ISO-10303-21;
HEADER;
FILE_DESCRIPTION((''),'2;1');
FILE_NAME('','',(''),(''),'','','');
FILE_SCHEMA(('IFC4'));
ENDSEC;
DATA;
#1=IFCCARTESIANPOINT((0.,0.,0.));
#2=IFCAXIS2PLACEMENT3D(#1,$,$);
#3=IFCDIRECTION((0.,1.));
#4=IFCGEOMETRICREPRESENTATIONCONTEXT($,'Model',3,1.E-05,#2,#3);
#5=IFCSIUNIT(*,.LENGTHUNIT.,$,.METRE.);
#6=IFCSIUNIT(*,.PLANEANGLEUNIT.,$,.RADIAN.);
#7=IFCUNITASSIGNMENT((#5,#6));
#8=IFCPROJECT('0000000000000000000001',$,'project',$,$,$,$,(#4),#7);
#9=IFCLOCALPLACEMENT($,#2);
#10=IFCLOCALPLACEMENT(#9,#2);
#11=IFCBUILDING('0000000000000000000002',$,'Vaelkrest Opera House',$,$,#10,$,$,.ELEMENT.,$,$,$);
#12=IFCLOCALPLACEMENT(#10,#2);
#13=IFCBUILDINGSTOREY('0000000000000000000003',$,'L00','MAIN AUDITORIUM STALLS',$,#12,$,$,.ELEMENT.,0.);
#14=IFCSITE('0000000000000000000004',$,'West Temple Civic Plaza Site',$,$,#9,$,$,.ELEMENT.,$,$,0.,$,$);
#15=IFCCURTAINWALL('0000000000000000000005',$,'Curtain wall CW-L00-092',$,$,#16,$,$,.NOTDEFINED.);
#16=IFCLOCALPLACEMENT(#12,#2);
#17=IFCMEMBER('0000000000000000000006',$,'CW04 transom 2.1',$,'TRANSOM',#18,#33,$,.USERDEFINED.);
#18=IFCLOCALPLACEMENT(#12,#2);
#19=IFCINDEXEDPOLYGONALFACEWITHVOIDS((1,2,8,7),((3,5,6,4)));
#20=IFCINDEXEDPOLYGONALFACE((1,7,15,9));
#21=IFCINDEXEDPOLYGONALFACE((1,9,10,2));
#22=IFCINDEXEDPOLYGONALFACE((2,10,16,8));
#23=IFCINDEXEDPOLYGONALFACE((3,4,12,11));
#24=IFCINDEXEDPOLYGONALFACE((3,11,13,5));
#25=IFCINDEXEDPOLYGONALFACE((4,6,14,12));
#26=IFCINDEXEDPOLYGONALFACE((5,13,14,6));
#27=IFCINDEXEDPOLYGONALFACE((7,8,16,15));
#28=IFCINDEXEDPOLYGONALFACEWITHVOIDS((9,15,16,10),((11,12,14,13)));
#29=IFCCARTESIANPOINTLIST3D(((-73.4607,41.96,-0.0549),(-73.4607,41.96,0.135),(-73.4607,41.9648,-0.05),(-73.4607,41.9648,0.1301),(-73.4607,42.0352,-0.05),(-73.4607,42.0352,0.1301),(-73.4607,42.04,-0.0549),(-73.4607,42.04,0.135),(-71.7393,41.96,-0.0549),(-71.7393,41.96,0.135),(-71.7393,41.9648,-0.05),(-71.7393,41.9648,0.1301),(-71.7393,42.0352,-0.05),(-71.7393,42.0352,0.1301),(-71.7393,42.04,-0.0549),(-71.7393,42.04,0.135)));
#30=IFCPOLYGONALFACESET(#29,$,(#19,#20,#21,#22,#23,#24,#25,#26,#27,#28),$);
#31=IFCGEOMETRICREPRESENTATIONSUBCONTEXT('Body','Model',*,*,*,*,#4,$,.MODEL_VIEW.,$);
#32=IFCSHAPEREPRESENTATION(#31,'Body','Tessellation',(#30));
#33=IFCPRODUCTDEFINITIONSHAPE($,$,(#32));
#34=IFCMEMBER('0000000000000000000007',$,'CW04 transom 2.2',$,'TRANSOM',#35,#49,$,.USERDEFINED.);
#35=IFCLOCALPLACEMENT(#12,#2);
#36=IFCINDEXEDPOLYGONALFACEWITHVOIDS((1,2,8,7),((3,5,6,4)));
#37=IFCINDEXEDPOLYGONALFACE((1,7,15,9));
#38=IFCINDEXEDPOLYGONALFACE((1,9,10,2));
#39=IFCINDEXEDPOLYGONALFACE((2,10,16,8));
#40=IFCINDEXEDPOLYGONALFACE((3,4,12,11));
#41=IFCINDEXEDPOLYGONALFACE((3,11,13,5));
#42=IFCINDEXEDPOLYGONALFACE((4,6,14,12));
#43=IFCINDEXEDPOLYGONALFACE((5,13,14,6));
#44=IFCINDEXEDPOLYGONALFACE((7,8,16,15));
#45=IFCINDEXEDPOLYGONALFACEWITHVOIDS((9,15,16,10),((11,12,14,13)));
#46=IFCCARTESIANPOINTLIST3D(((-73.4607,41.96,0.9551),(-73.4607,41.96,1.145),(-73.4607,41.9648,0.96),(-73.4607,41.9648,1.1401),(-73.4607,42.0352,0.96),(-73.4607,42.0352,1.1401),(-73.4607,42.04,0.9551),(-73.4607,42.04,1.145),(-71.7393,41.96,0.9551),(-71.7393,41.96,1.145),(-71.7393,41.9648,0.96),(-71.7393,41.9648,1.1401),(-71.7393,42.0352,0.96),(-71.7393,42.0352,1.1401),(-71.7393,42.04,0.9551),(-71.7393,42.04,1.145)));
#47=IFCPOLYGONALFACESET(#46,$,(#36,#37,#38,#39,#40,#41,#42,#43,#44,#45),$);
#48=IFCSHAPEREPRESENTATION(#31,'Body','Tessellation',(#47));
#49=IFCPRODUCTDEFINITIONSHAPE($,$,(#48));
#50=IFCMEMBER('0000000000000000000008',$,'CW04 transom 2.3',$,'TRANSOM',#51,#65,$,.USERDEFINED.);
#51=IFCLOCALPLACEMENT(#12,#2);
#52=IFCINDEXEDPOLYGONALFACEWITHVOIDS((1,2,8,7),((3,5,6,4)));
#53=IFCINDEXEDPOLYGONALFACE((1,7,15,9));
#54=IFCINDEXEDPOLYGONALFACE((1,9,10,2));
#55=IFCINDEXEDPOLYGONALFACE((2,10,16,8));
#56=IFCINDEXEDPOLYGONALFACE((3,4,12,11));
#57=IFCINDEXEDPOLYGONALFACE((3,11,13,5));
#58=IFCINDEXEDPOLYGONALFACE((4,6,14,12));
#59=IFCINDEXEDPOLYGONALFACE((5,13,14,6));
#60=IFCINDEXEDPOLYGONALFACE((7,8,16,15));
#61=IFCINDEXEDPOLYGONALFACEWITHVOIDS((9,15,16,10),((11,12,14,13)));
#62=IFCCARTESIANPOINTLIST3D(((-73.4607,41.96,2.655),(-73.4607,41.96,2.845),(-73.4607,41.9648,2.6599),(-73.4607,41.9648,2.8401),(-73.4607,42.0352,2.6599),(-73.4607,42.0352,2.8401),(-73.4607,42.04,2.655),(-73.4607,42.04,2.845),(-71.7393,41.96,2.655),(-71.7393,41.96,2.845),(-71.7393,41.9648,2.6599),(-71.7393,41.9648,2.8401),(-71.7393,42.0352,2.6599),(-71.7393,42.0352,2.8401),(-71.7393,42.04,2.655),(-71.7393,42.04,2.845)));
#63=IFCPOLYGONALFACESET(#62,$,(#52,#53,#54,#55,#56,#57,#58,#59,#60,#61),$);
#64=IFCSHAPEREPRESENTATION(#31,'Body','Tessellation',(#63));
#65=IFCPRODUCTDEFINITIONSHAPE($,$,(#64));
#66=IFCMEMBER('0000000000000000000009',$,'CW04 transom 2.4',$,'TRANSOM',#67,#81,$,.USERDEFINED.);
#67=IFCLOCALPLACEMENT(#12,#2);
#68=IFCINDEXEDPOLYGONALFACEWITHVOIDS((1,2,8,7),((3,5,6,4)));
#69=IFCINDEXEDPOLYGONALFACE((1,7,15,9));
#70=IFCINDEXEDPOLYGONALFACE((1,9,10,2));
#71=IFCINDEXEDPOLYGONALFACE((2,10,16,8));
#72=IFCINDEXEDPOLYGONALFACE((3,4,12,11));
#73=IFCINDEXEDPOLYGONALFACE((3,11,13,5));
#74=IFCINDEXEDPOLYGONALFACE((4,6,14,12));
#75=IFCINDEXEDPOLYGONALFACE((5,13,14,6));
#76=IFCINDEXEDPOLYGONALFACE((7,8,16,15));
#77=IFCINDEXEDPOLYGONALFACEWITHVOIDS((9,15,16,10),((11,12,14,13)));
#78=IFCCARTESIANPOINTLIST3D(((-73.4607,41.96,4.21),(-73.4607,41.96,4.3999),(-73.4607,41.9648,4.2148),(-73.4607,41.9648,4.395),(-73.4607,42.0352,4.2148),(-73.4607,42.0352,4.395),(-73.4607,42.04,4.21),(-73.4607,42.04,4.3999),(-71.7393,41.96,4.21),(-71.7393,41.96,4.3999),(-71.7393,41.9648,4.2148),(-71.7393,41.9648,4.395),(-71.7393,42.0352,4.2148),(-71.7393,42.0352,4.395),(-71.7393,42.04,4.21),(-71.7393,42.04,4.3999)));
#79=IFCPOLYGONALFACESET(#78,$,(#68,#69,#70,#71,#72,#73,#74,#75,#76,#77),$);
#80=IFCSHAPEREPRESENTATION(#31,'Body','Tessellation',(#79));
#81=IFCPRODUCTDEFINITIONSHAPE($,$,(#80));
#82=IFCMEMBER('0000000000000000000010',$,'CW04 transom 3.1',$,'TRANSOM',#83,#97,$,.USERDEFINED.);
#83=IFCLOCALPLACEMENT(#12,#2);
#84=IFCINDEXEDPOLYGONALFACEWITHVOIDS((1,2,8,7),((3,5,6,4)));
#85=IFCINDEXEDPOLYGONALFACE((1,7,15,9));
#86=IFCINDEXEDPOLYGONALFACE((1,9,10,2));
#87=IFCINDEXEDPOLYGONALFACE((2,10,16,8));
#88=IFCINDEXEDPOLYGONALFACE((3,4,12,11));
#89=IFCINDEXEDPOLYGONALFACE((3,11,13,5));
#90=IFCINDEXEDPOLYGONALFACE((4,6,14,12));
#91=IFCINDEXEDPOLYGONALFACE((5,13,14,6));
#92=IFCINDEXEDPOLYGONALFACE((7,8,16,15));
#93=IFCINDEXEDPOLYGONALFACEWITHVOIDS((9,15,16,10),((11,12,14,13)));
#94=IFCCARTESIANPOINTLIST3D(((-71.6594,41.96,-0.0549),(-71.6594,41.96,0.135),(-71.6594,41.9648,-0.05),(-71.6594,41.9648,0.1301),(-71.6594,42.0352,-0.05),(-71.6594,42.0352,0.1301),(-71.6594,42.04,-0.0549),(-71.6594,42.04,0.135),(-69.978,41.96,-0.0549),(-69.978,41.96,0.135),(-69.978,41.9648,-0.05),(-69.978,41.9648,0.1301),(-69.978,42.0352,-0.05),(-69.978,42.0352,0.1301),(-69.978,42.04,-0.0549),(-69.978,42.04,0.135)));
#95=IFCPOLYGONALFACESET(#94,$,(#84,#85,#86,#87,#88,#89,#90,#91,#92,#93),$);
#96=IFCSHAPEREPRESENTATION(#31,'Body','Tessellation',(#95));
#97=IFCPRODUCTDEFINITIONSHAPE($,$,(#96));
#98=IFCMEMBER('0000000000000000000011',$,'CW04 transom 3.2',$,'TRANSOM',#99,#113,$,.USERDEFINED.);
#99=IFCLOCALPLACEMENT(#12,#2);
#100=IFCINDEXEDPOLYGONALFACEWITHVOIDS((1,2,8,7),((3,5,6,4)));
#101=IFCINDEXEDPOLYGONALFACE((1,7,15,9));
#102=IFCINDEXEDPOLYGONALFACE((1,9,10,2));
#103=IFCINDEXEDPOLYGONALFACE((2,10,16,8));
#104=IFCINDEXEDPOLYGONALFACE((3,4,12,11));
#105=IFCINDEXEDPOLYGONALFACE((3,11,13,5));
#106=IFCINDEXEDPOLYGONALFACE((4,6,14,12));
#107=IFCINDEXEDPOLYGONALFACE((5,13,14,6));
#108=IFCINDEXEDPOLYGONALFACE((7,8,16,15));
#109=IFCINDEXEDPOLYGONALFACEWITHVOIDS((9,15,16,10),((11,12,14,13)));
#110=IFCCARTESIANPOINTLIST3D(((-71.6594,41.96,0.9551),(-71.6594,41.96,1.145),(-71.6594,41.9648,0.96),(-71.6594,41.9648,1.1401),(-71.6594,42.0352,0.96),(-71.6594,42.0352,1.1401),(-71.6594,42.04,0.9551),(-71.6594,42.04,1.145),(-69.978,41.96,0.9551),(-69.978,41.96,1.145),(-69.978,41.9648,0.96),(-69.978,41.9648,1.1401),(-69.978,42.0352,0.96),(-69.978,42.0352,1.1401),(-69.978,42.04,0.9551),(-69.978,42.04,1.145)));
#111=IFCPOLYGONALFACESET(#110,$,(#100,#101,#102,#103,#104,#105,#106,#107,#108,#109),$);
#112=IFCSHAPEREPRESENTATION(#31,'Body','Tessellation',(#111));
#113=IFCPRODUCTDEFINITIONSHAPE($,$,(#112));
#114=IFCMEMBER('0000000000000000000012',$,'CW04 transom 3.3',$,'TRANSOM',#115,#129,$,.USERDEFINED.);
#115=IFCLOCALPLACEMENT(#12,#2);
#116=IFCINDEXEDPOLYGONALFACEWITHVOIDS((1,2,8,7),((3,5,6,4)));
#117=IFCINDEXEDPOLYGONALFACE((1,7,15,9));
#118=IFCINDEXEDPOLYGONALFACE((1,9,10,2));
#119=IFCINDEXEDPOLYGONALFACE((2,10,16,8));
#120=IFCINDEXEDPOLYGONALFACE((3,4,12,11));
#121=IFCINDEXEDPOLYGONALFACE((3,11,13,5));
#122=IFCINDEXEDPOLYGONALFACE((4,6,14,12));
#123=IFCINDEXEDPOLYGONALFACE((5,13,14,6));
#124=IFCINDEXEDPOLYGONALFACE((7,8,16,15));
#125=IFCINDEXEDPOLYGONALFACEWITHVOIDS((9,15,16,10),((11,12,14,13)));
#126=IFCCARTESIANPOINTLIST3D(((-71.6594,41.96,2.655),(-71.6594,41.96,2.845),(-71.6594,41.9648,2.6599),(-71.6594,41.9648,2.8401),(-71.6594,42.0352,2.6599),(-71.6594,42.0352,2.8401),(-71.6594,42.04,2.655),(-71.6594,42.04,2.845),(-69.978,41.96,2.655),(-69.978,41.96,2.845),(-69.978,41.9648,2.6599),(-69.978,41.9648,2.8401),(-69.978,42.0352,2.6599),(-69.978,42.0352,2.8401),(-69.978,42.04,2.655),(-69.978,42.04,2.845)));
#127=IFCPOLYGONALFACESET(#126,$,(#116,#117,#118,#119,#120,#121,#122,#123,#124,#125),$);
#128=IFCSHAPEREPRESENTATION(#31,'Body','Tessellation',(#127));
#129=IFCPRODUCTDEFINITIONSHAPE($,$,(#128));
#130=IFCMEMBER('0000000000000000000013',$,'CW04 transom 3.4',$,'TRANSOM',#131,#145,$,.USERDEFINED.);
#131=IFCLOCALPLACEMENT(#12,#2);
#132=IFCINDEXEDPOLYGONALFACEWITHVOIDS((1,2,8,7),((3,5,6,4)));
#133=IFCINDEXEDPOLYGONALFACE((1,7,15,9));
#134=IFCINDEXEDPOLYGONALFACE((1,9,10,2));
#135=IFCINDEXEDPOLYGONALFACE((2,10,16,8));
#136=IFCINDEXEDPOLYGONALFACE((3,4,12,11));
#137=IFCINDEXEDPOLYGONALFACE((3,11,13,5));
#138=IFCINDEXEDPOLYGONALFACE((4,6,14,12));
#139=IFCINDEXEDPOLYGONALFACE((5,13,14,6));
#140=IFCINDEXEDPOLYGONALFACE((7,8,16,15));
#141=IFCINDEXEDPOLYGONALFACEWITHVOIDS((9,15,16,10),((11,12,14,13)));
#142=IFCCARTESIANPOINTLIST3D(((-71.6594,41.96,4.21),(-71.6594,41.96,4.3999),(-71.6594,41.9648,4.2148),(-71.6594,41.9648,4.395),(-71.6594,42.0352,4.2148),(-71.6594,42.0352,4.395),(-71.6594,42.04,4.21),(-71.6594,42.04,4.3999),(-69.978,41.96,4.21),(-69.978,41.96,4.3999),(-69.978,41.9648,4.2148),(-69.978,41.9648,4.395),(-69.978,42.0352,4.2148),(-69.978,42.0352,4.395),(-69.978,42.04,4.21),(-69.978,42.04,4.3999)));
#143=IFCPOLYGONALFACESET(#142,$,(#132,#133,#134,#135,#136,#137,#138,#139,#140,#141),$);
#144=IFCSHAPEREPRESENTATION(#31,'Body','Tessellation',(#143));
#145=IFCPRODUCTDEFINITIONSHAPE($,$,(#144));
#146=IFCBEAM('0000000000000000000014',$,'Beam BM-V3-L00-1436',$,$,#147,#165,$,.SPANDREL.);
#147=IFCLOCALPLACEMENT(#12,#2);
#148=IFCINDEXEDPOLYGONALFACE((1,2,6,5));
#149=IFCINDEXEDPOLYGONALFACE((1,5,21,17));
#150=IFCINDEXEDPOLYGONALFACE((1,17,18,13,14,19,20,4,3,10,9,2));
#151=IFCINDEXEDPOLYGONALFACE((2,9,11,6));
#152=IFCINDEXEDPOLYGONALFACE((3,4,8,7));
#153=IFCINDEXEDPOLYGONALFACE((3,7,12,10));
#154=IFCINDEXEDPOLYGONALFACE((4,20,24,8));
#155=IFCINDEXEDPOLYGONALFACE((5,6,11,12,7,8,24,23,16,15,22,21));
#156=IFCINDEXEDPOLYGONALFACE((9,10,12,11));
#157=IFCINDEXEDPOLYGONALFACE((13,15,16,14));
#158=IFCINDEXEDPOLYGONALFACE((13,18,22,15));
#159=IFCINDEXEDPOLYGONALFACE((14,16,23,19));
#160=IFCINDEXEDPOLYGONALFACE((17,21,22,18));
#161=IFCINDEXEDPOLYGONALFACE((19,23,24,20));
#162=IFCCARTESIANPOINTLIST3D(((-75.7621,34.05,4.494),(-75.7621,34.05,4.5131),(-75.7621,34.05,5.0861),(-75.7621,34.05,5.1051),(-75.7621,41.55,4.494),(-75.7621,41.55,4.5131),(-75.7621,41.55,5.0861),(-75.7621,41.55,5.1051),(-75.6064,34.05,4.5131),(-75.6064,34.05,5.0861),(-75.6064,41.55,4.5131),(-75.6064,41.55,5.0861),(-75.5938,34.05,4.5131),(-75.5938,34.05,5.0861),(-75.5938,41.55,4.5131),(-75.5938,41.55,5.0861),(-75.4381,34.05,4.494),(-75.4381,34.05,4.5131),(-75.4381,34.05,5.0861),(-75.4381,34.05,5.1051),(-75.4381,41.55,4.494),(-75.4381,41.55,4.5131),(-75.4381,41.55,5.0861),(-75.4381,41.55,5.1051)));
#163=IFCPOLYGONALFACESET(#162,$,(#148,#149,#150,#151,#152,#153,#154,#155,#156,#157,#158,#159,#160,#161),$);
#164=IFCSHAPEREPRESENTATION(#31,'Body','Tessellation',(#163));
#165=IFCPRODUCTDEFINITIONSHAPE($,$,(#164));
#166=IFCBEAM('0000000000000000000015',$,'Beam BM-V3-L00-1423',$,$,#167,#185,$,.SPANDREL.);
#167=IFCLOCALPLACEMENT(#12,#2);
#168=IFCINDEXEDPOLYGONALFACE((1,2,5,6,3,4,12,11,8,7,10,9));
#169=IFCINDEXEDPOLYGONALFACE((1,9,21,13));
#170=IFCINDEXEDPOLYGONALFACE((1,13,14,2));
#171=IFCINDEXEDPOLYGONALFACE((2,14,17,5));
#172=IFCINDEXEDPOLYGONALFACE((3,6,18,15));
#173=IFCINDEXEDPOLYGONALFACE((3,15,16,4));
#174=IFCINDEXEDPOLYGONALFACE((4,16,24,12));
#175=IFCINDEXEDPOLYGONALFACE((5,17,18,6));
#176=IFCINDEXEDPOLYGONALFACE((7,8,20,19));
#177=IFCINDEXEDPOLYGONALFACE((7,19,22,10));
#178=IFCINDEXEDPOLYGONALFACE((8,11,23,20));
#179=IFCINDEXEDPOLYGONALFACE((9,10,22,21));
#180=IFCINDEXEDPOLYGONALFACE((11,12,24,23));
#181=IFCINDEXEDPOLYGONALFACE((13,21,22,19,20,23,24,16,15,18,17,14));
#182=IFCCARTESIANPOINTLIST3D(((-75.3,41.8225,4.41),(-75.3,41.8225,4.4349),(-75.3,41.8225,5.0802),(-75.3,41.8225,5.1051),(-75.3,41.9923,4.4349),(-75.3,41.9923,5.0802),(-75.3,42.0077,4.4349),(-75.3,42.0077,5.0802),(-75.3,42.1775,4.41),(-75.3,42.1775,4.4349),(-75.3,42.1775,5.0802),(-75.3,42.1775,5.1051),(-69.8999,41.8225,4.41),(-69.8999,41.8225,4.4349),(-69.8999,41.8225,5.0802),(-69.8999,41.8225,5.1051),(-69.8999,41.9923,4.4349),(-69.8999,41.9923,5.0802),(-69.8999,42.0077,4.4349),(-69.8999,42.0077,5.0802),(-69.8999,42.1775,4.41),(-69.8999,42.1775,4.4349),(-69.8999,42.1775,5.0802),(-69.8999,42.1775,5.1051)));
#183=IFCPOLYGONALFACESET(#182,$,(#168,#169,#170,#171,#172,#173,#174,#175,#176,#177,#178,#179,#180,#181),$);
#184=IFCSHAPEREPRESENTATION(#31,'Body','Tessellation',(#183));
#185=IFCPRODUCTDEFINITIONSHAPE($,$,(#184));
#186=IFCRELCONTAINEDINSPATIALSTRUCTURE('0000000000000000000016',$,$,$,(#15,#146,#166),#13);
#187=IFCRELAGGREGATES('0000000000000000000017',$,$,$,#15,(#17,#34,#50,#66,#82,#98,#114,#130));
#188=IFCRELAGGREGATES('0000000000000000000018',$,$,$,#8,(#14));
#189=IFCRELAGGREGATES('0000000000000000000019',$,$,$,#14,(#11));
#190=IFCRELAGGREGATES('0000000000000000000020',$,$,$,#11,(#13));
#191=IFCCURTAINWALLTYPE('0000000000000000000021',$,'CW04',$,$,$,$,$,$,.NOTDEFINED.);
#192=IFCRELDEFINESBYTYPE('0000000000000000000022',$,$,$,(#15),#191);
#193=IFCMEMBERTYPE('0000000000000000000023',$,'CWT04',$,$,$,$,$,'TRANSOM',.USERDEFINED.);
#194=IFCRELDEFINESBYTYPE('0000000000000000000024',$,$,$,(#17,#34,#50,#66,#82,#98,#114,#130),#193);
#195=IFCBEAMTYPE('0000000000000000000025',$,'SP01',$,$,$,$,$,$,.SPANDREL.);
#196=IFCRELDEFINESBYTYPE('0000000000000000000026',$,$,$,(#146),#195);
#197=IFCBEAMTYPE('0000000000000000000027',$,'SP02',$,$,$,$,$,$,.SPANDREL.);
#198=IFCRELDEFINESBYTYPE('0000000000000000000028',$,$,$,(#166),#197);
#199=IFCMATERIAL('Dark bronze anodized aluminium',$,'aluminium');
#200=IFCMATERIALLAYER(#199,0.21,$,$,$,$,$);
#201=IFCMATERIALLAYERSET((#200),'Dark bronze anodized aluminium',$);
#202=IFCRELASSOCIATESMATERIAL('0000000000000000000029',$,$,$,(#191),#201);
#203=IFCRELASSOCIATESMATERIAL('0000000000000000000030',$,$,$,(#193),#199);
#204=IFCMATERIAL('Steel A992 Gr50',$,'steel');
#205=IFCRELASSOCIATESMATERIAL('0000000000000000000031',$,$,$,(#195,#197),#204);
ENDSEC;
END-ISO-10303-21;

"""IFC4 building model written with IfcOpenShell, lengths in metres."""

from ifc_helpers import new_model, si_unit, direction, frame, origin, origin_2d, place, context, subcontext, project, spatial, hollow_rectangle, i_section, extrude, material, layer, layer_set, material_profile, profile_set, type_object, element, aggregate, save


model = new_model("IFC4")

# Units and contexts
model_context = context("Model", 3, precision=1e-05, world=origin(), true_north=direction((0.0, 1.0)))
body_context = subcontext(model_context, "Body", "Model", "MODEL_VIEW")
ifc_project = project(units=[si_unit("LENGTHUNIT", "METRE"), si_unit("PLANEANGLEUNIT", "RADIAN")], contexts=[model_context])

# Site, building, storey
site_placement = place(None, origin())
site = spatial("IfcSite", under=ifc_project, at=site_placement, Name="West Temple Civic Plaza Site", CompositionType="ELEMENT", RefElevation=0.0)
building_placement = place(site_placement, origin())
building = spatial("IfcBuilding", under=site, at=building_placement, Name="Vaelkrest Opera House", CompositionType="ELEMENT")
storey_placement = place(building_placement, origin())
storey = spatial("IfcBuildingStorey", under=building, at=storey_placement, Name="L00", Description="MAIN AUDITORIUM STALLS", CompositionType="ELEMENT", Elevation=0.0)

# Curtain wall, members
ifc_material_1 = material(Name="Dark bronze anodized aluminium", Category="aluminium")
ifc_layer_1 = layer(ifc_material_1, 0.21)
ifc_layer_set_1 = layer_set([ifc_layer_1], Name="Dark bronze anodized aluminium")
curtain_wall_type = type_object("IfcCurtainWallType", Name="CW04", PredefinedType="NOTDEFINED", material=ifc_layer_set_1)
curtain_wall_placement = place(storey_placement, origin())
curtain_wall = element("IfcCurtainWall", 1, at=curtain_wall_placement, inside=storey, type_object=curtain_wall_type, Name="Curtain wall CW-L00-092", PredefinedType="NOTDEFINED")
ifc_material_profile_1 = material_profile(ifc_material_1, hollow_rectangle(XDim=0.0801, YDim=0.1899, WallThickness=0.0049, at=origin_2d()), Name="CWT80X190")
ifc_profile_set_1 = profile_set([ifc_material_profile_1], Name="Dark bronze anodized aluminium")
member_type_1 = type_object("IfcMemberType", Name="CWT04", ElementType="TRANSOM", PredefinedType="USERDEFINED", material=ifc_profile_set_1)
member_1_placement = place(storey_placement, frame((-73.4607, 42.0, 0.04), z_axis=(1.0, 0.0, 0.0), x_axis=(0.0, 1.0, 0.0)))
member_1 = element("IfcMember", 2, at=member_1_placement, type_object=member_type_1, Name="CW04 transom 2.1", ObjectType="TRANSOM", PredefinedType="USERDEFINED", context=body_context, shape_type="SweptSolid", body=[
    extrude(hollow_rectangle(XDim=0.0801, YDim=0.1899, WallThickness=0.0049, at=origin_2d()), origin(), (0.0, 0.0, 1.0), 1.7214),
])
member_2_placement = place(storey_placement, frame((-73.4607, 42.0, 1.05), z_axis=(1.0, 0.0, 0.0), x_axis=(0.0, 1.0, 0.0)))
member_2 = element("IfcMember", 3, at=member_2_placement, type_object=member_type_1, Name="CW04 transom 2.2", ObjectType="TRANSOM", PredefinedType="USERDEFINED", context=body_context, shape_type="SweptSolid", body=[
    extrude(hollow_rectangle(XDim=0.0801, YDim=0.1899, WallThickness=0.0049, at=origin_2d()), origin(), (0.0, 0.0, 1.0), 1.7214),
])
member_3_placement = place(storey_placement, frame((-73.4607, 42.0, 2.75), z_axis=(1.0, 0.0, 0.0), x_axis=(0.0, 1.0, 0.0)))
member_3 = element("IfcMember", 4, at=member_3_placement, type_object=member_type_1, Name="CW04 transom 2.3", ObjectType="TRANSOM", PredefinedType="USERDEFINED", context=body_context, shape_type="SweptSolid", body=[
    extrude(hollow_rectangle(XDim=0.0801, YDim=0.1899, WallThickness=0.0049, at=origin_2d()), origin(), (0.0, 0.0, 1.0), 1.7214),
])
member_4_placement = place(storey_placement, frame((-73.4607, 42.0, 4.3049), z_axis=(1.0, 0.0, 0.0), x_axis=(0.0, 1.0, 0.0)))
member_4 = element("IfcMember", 5, at=member_4_placement, type_object=member_type_1, Name="CW04 transom 2.4", ObjectType="TRANSOM", PredefinedType="USERDEFINED", context=body_context, shape_type="SweptSolid", body=[
    extrude(hollow_rectangle(XDim=0.0801, YDim=0.1899, WallThickness=0.0049, at=origin_2d()), origin(), (0.0, 0.0, 1.0), 1.7214),
])
member_5_placement = place(storey_placement, frame((-71.6594, 42.0, 0.04), z_axis=(1.0, 0.0, 0.0), x_axis=(0.0, 1.0, 0.0)))
member_5 = element("IfcMember", 6, at=member_5_placement, type_object=member_type_1, Name="CW04 transom 3.1", ObjectType="TRANSOM", PredefinedType="USERDEFINED", context=body_context, shape_type="SweptSolid", body=[
    extrude(hollow_rectangle(XDim=0.0801, YDim=0.1899, WallThickness=0.0049, at=origin_2d()), origin(), (0.0, 0.0, 1.0), 1.6814),
])
member_6_placement = place(storey_placement, frame((-71.6594, 42.0, 1.05), z_axis=(1.0, 0.0, 0.0), x_axis=(0.0, 1.0, 0.0)))
member_6 = element("IfcMember", 7, at=member_6_placement, type_object=member_type_1, Name="CW04 transom 3.2", ObjectType="TRANSOM", PredefinedType="USERDEFINED", context=body_context, shape_type="SweptSolid", body=[
    extrude(hollow_rectangle(XDim=0.0801, YDim=0.1899, WallThickness=0.0049, at=origin_2d()), origin(), (0.0, 0.0, 1.0), 1.6814),
])
member_7_placement = place(storey_placement, frame((-71.6594, 42.0, 2.75), z_axis=(1.0, 0.0, 0.0), x_axis=(0.0, 1.0, 0.0)))
member_7 = element("IfcMember", 8, at=member_7_placement, type_object=member_type_1, Name="CW04 transom 3.3", ObjectType="TRANSOM", PredefinedType="USERDEFINED", context=body_context, shape_type="SweptSolid", body=[
    extrude(hollow_rectangle(XDim=0.0801, YDim=0.1899, WallThickness=0.0049, at=origin_2d()), origin(), (0.0, 0.0, 1.0), 1.6814),
])
member_8_placement = place(storey_placement, frame((-71.6594, 42.0, 4.3049), z_axis=(1.0, 0.0, 0.0), x_axis=(0.0, 1.0, 0.0)))
member_8 = element("IfcMember", 9, at=member_8_placement, type_object=member_type_1, Name="CW04 transom 3.4", ObjectType="TRANSOM", PredefinedType="USERDEFINED", context=body_context, shape_type="SweptSolid", body=[
    extrude(hollow_rectangle(XDim=0.0801, YDim=0.1899, WallThickness=0.0049, at=origin_2d()), origin(), (0.0, 0.0, 1.0), 1.6814),
])

# Beams
ifc_material_2 = material(Name="Steel A992 Gr50", Category="steel")
ifc_material_profile_2 = material_profile(ifc_material_2, i_section(OverallWidth=0.324, OverallDepth=0.6111, WebThickness=0.0127, FlangeThickness=0.019, at=origin_2d()), Name="W24X104")
ifc_profile_set_2 = profile_set([ifc_material_profile_2], Name="Steel A992 Gr50")
beam_type_1 = type_object("IfcBeamType", Name="SP01", PredefinedType="SPANDREL", material=ifc_profile_set_2)
beam_1_placement = place(storey_placement, frame((-75.6001, 34.05, 4.7996), z_axis=(0.0, 1.0, 0.0), x_axis=(-1.0, 0.0, 0.0)))
element("IfcBeam", 10, at=beam_1_placement, inside=storey, type_object=beam_type_1, Name="Beam BM-V3-L00-1436", PredefinedType="SPANDREL", context=body_context, shape_type="SweptSolid", body=[
    extrude(i_section(OverallWidth=0.324, OverallDepth=0.6111, WebThickness=0.0127, FlangeThickness=0.019, at=origin_2d()), origin(), (0.0, 0.0, 1.0), 7.5),
])
ifc_material_profile_3 = material_profile(ifc_material_2, i_section(OverallWidth=0.355, OverallDepth=0.6951, WebThickness=0.0154, FlangeThickness=0.0249, at=origin_2d()), Name="W27X146")
ifc_profile_set_3 = profile_set([ifc_material_profile_3], Name="Steel A992 Gr50")
beam_type_2 = type_object("IfcBeamType", Name="SP02", PredefinedType="SPANDREL", material=ifc_profile_set_3)
for number, where, z_axis, x_axis, name in (
    (11, (-75.3, 42.0, 4.7576), (1.0, 0.0, 0.0), (0.0, 1.0, 0.0), "Beam BM-V3-L00-1423"),
):
    element("IfcBeam", number, at=place(storey_placement, frame(where, z_axis=z_axis, x_axis=x_axis)), inside=storey, type_object=beam_type_2, Name=name, PredefinedType="SPANDREL", context=body_context, shape_type="SweptSolid", body=[
        extrude(i_section(OverallWidth=0.355, OverallDepth=0.6951, WebThickness=0.0154, FlangeThickness=0.0249, at=origin_2d()), origin(), (0.0, 0.0, 1.0), 5.4001),
    ])

aggregate(curtain_wall, [member_1, member_2, member_3, member_4, member_5, member_6, member_7, member_8])

save(model, "model.ifc")
